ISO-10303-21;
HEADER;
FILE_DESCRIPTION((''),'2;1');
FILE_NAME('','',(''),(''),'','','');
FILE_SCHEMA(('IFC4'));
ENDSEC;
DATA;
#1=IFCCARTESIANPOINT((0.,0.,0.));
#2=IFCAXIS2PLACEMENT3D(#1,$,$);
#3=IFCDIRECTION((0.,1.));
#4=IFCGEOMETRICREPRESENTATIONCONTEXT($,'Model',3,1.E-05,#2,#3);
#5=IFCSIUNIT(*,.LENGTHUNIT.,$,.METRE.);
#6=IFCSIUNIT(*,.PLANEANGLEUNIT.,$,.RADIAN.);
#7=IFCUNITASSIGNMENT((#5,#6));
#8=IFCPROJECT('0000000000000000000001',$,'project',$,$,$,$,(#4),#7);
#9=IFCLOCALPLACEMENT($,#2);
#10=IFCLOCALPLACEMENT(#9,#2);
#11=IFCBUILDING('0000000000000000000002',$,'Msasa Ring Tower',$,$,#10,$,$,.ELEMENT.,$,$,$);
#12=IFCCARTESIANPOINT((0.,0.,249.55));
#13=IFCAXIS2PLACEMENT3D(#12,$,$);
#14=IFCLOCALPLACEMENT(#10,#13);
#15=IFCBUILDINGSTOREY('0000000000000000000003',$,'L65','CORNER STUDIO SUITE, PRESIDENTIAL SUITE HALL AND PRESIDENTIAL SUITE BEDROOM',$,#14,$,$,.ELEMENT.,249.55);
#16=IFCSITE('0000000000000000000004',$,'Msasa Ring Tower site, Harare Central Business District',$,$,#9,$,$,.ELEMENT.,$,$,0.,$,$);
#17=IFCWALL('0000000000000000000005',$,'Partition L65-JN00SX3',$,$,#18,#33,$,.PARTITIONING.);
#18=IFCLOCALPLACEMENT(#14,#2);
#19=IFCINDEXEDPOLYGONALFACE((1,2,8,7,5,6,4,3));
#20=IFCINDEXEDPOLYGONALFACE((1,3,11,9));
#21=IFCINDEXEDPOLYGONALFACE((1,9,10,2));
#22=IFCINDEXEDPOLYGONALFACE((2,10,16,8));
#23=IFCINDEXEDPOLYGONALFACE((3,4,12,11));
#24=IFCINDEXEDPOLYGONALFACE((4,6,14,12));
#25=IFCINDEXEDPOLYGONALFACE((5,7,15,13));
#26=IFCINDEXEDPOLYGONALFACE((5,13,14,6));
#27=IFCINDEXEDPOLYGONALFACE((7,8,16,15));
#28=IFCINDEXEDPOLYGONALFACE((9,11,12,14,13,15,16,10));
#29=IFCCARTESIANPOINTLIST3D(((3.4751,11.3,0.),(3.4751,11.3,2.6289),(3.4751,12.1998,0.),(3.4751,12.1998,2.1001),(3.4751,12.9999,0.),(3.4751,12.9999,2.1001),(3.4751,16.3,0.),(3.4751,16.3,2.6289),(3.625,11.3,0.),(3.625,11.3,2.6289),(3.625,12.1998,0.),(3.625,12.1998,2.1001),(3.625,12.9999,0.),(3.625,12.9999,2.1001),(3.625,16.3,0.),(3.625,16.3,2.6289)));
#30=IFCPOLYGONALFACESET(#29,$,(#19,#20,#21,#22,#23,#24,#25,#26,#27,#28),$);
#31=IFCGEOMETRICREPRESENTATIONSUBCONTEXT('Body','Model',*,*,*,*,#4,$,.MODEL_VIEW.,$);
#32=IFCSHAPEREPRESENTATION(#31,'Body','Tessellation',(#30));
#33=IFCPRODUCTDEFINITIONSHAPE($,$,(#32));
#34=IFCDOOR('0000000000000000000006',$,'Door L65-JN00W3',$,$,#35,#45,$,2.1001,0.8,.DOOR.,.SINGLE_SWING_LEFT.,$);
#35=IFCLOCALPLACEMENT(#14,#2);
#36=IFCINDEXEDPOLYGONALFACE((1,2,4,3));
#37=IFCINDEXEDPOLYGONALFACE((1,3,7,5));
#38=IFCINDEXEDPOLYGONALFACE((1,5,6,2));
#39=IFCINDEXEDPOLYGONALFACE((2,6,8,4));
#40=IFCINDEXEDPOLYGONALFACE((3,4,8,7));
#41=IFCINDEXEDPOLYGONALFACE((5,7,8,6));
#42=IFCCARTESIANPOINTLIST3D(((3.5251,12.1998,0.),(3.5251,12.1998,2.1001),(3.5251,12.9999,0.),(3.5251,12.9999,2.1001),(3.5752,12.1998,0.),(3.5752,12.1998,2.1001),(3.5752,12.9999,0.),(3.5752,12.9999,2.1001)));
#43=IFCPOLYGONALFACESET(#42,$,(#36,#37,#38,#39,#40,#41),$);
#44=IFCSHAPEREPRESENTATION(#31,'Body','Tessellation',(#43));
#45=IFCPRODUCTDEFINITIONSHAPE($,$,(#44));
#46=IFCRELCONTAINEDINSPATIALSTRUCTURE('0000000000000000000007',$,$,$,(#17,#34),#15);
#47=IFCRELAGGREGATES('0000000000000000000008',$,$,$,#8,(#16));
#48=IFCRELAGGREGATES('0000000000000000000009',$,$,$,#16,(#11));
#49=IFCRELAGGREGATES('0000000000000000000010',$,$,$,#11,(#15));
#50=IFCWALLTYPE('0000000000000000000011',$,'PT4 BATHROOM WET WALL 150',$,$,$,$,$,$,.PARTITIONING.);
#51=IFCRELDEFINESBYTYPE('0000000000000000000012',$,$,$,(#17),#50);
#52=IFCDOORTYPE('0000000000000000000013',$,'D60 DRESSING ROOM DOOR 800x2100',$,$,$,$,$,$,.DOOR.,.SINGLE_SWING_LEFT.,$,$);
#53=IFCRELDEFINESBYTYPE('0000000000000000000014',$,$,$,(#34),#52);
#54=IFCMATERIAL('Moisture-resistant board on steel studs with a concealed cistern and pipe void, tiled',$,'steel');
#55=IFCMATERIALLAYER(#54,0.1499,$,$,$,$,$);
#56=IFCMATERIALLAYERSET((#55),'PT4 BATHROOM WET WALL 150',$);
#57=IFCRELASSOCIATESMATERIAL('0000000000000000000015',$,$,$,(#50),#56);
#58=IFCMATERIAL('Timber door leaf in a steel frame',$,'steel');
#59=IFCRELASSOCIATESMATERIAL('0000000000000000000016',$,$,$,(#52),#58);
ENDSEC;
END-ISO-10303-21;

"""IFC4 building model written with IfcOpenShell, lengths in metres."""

from ifc_helpers import new_model, si_unit, direction, frame, frame_2d, origin, place, context, subcontext, project, spatial, rectangle, extrude, material, layer, layer_set, type_object, element, fill, save


model = new_model("IFC4")

# Units and contexts
model_context = context("Model", 3, precision=1e-05, world=origin(), true_north=direction((0.0, 1.0)))
body_context = subcontext(model_context, "Body", "Model", "MODEL_VIEW")
ifc_project = project(units=[si_unit("LENGTHUNIT", "METRE"), si_unit("PLANEANGLEUNIT", "RADIAN")], contexts=[model_context])

# Site, building, storey
site_placement = place(None, origin())
site = spatial("IfcSite", under=ifc_project, at=site_placement, Name="Msasa Ring Tower site, Harare Central Business District", CompositionType="ELEMENT", RefElevation=0.0)
building_placement = place(site_placement, origin())
building = spatial("IfcBuilding", under=site, at=building_placement, Name="Msasa Ring Tower", CompositionType="ELEMENT")
storey_placement = place(building_placement, frame((0.0, 0.0, 249.55)))
storey = spatial("IfcBuildingStorey", under=building, at=storey_placement, Name="L65", Description="CORNER STUDIO SUITE, PRESIDENTIAL SUITE HALL AND PRESIDENTIAL SUITE BEDROOM", CompositionType="ELEMENT", Elevation=249.55)

# Wall, opening, door
ifc_material_1 = material(Name="Moisture-resistant board on steel studs with a concealed cistern and pipe void, tiled", Category="steel")
ifc_layer_1 = layer(ifc_material_1, 0.1499)
ifc_layer_set_1 = layer_set([ifc_layer_1], Name="PT4 BATHROOM WET WALL 150")
wall_type_1 = type_object("IfcWallType", Name="PT4 BATHROOM WET WALL 150", PredefinedType="PARTITIONING", material=ifc_layer_set_1)
wall_1_placement = place(storey_placement, frame((3.55, 11.3, 0.0), z_axis=(0.0, 0.0, 1.0), x_axis=(0.0, 1.0, 0.0)))
wall_1 = element("IfcWall", 1, at=wall_1_placement, inside=storey, type_object=wall_type_1, Name="Partition L65-JN00SX3", PredefinedType="PARTITIONING", context=body_context, shape_type="SweptSolid", body=[
    extrude(rectangle(XDim=5.0, YDim=0.1499, at=frame_2d((2.5, 0.0))), origin(), (0.0, 0.0, 1.0), 2.6289),
])
opening_1_placement = place(wall_1_placement, frame((0.8999, 0.0, 0.0)))
opening_1 = element("IfcOpeningElement", 2, at=opening_1_placement, cuts=wall_1, PredefinedType="OPENING", context=body_context, shape_type="SweptSolid", body=[
    extrude(rectangle(XDim=0.8, YDim=2.1001, at=frame_2d((0.3999, 1.05))), frame((0.0, 0.085, 0.0), z_axis=(0.0, -1.0, 0.0), x_axis=(1.0, 0.0, 0.0)), (0.0, 0.0, 1.0), 0.1699),
])
ifc_material_2 = material(Name="Timber door leaf in a steel frame", Category="steel")
door_type_1 = type_object("IfcDoorType", Name="D60 DRESSING ROOM DOOR 800x2100", OperationType="SINGLE_SWING_LEFT", PredefinedType="DOOR", material=ifc_material_2)
door_1_placement = place(opening_1_placement, origin())
door_1 = element("IfcDoor", 3, at=door_1_placement, inside=storey, type_object=door_type_1, Name="Door L65-JN00W3", OperationType="SINGLE_SWING_LEFT", OverallHeight=2.1001, OverallWidth=0.8, PredefinedType="DOOR", context=body_context, shape_type="SweptSolid", body=[
    extrude(rectangle(XDim=0.8, YDim=2.1001, at=frame_2d((0.3999, 1.05))), frame((0.0, 0.0249, 0.0), z_axis=(0.0, -1.0, 0.0), x_axis=(1.0, 0.0, 0.0)), (0.0, 0.0, 1.0), 0.05),
])
fill(opening_1, door_1)

save(model, "model.ifc")
